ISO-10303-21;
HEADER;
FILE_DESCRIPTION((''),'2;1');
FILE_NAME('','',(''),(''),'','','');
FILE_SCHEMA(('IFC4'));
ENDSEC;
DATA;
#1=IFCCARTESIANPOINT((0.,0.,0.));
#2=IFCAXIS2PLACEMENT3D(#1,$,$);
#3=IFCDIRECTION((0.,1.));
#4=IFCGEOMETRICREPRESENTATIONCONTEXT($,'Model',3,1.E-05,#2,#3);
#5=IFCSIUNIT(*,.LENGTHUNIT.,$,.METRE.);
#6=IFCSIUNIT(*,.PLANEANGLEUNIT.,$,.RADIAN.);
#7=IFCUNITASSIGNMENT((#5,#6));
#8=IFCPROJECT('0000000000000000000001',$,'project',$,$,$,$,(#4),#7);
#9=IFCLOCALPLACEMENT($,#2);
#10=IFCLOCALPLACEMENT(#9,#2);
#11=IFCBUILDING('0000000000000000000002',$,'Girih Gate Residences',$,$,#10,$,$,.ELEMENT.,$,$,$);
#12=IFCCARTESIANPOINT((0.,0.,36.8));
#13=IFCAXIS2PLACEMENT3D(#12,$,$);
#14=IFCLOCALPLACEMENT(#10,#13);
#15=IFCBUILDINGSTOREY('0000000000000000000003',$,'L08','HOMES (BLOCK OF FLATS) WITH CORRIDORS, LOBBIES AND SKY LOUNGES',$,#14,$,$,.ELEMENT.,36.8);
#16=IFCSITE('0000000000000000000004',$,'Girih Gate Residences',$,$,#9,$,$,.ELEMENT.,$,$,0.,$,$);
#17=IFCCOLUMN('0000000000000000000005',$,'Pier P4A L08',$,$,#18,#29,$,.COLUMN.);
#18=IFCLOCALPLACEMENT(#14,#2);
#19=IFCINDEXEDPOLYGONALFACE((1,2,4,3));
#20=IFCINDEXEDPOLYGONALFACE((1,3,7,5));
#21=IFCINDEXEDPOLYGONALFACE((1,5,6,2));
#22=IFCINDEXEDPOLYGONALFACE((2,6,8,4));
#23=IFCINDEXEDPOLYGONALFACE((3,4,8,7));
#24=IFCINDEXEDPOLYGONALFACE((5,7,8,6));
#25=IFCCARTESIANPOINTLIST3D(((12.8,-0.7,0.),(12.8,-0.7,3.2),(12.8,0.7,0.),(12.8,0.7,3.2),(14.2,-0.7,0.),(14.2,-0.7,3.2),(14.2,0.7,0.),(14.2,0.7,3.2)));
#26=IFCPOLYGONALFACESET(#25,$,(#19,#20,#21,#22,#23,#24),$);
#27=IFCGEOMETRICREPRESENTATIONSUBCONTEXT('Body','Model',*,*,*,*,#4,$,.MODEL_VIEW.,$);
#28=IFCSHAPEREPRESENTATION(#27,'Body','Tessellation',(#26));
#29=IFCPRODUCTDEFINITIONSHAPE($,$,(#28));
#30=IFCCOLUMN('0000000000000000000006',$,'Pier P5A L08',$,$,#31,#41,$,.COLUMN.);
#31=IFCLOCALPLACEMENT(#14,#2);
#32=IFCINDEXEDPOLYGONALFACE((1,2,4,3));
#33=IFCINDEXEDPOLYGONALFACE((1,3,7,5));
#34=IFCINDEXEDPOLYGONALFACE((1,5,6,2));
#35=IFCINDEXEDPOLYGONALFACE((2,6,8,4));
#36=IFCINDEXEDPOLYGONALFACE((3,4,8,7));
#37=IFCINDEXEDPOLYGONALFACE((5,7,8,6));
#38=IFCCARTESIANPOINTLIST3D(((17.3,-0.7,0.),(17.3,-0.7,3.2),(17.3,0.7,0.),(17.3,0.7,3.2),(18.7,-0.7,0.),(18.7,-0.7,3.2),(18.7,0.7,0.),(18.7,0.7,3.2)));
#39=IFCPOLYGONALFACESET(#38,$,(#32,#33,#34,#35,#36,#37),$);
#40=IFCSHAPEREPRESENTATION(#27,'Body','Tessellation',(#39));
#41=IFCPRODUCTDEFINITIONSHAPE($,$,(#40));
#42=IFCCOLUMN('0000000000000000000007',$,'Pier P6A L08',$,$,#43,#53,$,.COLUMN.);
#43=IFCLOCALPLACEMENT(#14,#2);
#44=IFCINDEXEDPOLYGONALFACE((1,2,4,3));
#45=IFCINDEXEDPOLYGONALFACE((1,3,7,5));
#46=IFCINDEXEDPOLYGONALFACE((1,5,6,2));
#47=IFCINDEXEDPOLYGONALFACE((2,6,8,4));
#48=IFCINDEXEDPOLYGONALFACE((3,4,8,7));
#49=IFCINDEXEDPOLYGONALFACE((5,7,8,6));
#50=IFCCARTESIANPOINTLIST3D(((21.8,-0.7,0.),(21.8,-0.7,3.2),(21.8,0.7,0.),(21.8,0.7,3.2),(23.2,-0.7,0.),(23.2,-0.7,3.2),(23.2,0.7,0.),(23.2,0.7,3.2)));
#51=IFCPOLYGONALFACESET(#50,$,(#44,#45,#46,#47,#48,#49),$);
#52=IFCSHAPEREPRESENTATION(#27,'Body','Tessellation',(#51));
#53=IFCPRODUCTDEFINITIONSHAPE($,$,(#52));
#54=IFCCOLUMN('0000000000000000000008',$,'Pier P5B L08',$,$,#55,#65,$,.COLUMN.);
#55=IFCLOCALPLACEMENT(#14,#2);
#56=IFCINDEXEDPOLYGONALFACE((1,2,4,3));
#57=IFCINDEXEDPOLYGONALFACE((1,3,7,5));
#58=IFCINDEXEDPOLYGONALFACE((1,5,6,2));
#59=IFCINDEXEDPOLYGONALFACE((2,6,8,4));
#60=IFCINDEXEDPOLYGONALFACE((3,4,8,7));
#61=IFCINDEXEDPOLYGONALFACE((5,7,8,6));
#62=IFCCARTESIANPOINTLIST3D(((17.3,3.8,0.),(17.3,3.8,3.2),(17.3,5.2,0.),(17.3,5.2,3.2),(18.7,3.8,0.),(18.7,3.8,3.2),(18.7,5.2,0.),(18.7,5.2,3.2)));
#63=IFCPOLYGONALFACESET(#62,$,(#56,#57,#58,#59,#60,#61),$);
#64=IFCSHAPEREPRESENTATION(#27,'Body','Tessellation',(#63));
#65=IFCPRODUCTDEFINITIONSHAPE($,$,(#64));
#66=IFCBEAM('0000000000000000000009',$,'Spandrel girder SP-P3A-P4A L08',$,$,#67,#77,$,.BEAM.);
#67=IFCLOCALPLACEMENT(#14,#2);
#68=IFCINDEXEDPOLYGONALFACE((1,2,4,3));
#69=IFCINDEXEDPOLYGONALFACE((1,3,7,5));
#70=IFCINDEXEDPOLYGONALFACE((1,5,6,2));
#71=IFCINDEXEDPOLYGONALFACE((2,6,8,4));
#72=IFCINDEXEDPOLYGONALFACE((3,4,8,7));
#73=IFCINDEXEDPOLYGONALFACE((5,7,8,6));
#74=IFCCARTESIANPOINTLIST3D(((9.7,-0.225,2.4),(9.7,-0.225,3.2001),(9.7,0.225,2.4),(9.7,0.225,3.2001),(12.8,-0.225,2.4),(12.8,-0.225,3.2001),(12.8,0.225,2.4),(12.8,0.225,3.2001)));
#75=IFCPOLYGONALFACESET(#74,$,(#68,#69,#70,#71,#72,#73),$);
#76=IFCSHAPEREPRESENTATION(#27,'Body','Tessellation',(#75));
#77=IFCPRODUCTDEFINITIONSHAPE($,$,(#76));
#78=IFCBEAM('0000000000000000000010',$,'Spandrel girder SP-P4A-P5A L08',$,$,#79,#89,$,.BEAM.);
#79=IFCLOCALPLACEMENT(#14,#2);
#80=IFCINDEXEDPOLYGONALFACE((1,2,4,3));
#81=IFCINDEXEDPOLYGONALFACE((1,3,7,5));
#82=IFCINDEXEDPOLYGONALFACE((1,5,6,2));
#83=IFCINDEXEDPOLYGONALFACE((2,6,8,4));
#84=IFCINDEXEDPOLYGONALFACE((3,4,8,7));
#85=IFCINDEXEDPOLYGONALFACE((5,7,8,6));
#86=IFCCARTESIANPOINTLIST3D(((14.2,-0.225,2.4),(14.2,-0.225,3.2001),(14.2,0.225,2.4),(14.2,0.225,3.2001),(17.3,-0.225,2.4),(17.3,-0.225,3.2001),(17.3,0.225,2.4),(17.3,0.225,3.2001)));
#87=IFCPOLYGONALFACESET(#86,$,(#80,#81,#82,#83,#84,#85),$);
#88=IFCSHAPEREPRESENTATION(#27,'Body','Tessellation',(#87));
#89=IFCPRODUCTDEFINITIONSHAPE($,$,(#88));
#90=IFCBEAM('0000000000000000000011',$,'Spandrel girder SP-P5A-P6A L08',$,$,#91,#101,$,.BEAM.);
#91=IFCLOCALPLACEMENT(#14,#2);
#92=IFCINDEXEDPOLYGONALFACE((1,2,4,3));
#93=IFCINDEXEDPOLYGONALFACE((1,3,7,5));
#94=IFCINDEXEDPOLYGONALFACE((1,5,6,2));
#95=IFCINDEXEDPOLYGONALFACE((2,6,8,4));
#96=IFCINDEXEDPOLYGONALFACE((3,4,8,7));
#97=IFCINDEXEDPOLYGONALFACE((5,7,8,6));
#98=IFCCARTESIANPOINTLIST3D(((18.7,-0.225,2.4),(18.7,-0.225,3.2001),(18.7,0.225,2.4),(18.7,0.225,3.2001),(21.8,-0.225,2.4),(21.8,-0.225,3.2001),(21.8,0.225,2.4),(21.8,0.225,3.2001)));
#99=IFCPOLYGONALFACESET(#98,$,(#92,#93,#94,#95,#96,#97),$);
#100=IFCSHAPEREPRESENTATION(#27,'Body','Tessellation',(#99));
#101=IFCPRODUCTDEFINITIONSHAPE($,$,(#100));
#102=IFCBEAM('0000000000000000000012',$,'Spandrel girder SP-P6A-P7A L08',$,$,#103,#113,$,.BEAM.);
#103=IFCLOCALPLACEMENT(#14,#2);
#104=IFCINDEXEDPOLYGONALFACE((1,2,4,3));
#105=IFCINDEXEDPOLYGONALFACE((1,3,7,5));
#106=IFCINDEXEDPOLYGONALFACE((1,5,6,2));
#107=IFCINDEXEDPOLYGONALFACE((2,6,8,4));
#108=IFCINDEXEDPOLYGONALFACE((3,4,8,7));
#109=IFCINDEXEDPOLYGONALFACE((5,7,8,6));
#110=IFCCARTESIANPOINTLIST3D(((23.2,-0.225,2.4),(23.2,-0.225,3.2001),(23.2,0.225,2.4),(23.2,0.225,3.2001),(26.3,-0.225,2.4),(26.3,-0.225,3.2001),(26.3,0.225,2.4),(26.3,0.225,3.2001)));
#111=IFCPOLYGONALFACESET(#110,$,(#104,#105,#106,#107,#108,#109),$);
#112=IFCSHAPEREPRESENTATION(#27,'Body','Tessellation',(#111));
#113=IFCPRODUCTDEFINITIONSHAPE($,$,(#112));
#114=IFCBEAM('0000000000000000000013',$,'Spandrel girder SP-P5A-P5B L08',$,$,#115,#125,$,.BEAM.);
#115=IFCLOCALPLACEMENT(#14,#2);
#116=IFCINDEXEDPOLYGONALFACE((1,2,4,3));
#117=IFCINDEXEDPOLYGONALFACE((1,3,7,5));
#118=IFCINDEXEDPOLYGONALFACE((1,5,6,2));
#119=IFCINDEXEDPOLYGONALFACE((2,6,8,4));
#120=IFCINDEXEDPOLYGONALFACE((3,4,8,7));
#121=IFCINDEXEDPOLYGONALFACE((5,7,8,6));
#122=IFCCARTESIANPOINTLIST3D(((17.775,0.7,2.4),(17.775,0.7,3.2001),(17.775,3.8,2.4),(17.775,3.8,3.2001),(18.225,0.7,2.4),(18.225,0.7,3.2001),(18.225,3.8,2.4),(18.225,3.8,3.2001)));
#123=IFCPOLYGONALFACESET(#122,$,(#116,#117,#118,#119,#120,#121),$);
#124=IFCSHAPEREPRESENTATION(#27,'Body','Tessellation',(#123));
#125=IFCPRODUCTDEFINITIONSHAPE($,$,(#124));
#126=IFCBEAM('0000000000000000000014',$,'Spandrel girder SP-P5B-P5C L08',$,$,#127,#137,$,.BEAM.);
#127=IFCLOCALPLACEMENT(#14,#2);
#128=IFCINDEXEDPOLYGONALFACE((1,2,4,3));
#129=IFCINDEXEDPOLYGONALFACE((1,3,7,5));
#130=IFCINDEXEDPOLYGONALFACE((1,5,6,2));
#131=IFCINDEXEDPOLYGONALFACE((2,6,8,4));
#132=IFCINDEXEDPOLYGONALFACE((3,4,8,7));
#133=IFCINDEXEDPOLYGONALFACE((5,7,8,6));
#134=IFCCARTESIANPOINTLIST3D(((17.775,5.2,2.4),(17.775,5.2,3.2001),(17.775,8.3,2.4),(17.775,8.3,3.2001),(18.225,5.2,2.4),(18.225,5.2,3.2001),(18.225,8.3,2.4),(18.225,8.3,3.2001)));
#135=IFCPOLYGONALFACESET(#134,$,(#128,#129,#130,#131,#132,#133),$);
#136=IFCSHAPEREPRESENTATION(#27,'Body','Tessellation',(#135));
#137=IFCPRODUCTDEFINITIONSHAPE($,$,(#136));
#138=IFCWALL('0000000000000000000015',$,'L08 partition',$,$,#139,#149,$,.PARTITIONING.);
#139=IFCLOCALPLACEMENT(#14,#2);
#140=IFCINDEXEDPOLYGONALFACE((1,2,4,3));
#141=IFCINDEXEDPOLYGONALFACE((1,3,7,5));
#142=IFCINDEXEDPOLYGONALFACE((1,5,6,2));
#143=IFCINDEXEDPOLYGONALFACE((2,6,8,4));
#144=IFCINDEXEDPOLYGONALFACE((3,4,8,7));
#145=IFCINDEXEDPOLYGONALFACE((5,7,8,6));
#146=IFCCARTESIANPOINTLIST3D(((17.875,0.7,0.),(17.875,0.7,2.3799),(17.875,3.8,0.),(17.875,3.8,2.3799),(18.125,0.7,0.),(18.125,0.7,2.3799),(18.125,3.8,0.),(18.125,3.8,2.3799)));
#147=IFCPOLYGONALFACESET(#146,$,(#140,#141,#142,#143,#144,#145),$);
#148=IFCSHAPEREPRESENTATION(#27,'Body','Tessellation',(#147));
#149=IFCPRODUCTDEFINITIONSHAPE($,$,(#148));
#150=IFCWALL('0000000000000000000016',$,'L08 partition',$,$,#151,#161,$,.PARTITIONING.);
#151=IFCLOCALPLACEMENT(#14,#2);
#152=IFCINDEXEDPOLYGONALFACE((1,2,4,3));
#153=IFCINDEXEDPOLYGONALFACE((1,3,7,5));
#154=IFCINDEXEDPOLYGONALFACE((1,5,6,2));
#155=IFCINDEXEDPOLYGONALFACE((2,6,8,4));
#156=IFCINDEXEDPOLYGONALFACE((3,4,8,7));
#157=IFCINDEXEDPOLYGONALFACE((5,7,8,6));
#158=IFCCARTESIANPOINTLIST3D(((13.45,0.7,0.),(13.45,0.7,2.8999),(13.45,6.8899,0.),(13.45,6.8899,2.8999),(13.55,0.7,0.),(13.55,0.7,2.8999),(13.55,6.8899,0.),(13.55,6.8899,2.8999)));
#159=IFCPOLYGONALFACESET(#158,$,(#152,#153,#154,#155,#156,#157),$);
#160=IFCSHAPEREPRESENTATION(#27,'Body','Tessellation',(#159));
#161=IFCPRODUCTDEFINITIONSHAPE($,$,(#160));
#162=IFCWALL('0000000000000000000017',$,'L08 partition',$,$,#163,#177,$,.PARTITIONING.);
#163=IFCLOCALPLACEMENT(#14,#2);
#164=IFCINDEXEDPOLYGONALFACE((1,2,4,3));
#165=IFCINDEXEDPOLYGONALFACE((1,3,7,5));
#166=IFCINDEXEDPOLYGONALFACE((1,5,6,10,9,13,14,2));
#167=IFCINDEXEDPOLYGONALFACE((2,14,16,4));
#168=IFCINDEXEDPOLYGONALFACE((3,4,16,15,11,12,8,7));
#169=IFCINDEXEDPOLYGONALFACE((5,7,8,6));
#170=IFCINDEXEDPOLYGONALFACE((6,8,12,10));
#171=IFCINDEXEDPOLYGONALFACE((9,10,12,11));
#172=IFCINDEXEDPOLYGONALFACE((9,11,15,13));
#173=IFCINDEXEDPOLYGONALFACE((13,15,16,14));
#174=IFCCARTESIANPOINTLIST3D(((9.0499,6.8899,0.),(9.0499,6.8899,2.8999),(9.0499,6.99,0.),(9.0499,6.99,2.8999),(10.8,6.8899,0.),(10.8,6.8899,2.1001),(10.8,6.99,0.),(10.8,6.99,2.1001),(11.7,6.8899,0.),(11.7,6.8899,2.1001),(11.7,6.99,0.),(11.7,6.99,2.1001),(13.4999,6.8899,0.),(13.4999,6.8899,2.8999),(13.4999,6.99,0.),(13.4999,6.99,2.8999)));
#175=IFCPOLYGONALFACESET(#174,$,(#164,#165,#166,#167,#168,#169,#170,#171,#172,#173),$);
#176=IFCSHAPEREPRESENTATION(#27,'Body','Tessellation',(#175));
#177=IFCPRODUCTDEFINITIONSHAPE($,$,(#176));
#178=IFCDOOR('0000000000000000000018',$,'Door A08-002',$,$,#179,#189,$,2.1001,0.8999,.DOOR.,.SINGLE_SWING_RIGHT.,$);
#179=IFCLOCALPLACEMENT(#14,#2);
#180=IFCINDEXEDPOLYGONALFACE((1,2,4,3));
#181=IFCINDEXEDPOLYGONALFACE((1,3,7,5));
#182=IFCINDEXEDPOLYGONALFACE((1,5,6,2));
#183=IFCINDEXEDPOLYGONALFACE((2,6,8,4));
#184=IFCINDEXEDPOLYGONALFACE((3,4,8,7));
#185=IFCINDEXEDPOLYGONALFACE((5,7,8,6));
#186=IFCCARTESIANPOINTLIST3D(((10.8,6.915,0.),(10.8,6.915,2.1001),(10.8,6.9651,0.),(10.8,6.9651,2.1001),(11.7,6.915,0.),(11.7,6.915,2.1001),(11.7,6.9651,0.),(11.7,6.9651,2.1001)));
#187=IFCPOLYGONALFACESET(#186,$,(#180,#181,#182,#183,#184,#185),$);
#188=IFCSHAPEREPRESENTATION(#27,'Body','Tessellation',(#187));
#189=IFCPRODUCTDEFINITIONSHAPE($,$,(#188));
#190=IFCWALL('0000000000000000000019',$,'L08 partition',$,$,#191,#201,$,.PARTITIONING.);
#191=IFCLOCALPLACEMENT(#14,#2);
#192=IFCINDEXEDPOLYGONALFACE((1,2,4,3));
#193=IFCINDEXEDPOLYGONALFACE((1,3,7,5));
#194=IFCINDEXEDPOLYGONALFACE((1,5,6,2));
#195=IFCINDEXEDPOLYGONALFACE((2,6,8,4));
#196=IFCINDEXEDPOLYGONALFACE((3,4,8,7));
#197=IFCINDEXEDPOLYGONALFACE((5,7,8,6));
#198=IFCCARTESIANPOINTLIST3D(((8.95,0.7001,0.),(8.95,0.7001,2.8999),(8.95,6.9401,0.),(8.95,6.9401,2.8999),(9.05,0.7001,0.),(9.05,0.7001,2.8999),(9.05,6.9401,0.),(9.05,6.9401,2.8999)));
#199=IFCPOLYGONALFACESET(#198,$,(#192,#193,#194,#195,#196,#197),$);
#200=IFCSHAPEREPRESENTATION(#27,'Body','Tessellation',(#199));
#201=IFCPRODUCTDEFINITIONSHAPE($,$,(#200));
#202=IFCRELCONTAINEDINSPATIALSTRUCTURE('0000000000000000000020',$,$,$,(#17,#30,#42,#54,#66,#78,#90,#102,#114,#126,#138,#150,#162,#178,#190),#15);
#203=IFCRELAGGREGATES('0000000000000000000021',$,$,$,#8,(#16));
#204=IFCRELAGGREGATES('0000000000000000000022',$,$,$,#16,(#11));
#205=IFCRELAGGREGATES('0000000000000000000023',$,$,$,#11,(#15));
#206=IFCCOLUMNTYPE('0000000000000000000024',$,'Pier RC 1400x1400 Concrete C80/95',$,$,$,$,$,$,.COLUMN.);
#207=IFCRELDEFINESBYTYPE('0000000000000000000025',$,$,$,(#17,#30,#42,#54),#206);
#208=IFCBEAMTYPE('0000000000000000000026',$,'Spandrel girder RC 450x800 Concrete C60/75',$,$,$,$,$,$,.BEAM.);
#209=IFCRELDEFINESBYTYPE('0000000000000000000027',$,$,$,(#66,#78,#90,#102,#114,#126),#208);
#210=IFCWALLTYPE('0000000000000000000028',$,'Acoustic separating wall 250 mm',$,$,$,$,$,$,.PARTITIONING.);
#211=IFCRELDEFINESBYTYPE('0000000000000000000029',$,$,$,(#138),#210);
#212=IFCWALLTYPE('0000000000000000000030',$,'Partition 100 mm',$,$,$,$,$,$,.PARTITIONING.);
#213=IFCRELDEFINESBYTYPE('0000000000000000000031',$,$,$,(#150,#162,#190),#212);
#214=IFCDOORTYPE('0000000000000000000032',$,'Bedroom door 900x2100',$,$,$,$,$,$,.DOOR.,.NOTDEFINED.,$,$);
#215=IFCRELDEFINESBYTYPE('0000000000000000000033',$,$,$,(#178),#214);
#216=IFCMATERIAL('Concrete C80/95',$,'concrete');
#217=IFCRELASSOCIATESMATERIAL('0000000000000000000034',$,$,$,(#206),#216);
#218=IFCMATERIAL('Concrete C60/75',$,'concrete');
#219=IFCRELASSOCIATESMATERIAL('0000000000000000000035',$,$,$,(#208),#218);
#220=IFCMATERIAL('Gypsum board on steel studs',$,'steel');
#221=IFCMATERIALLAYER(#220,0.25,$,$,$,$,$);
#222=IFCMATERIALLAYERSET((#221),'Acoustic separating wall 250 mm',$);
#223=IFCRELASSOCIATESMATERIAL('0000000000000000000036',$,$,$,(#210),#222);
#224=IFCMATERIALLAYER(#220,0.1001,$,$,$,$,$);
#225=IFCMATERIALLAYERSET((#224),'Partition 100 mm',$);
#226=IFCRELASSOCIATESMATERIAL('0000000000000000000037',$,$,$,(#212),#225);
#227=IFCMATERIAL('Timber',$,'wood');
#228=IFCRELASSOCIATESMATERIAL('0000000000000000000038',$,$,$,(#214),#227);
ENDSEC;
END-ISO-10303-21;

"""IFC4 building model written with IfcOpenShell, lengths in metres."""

from ifc_helpers import new_model, si_unit, direction, frame, frame_2d, origin, origin_2d, place, context, subcontext, project, spatial, rectangle, extrude, material, layer, layer_set, material_profile, profile_set, type_object, element, fill, save


model = new_model("IFC4")

# Units and contexts
model_context = context("Model", 3, precision=1e-05, world=origin(), true_north=direction((0.0, 1.0)))
body_context = subcontext(model_context, "Body", "Model", "MODEL_VIEW")
ifc_project = project(units=[si_unit("LENGTHUNIT", "METRE"), si_unit("PLANEANGLEUNIT", "RADIAN")], contexts=[model_context])

# Site, building, storey
site_placement = place(None, origin())
site = spatial("IfcSite", under=ifc_project, at=site_placement, Name="Girih Gate Residences", CompositionType="ELEMENT", RefElevation=0.0)
building_placement = place(site_placement, origin())
building = spatial("IfcBuilding", under=site, at=building_placement, Name="Girih Gate Residences", CompositionType="ELEMENT")
storey_placement = place(building_placement, frame((0.0, 0.0, 36.8)))
storey = spatial("IfcBuildingStorey", under=building, at=storey_placement, Name="L08", Description="HOMES (BLOCK OF FLATS) WITH CORRIDORS, LOBBIES AND SKY LOUNGES", CompositionType="ELEMENT", Elevation=36.8)

# Columns
ifc_material_1 = material(Name="Concrete C80/95", Category="concrete")
ifc_material_profile_1 = material_profile(ifc_material_1, rectangle(XDim=1.3999, YDim=1.3999, at=origin_2d()))
ifc_profile_set_1 = profile_set([ifc_material_profile_1], Name="Concrete C80/95")
column_type = type_object("IfcColumnType", Name="Pier RC 1400x1400 Concrete C80/95", PredefinedType="COLUMN", material=ifc_profile_set_1)
for number, where, z_axis, x_axis, name in (
    (1, (13.5, 0.0, 0.0), (0.0, 0.0, 1.0), (1.0, 0.0, 0.0), "Pier P4A L08"),
    (2, (18.0, 0.0, 0.0), (0.0, 0.0, 1.0), (1.0, 0.0, 0.0), "Pier P5A L08"),
    (3, (22.5, 0.0, 0.0), (0.0, 0.0, 1.0), (1.0, 0.0, 0.0), "Pier P6A L08"),
    (4, (18.0, 4.5, 0.0), (0.0, 0.0, 1.0), (1.0, 0.0, 0.0), "Pier P5B L08"),
):
    element("IfcColumn", number, at=place(storey_placement, frame(where, z_axis=z_axis, x_axis=x_axis)), inside=storey, type_object=column_type, Name=name, PredefinedType="COLUMN", context=body_context, shape_type="SweptSolid", body=[
        extrude(rectangle(XDim=1.3999, YDim=1.3999, at=origin_2d()), origin(), (0.0, 0.0, 1.0), 3.2),
    ])

# Beams
ifc_material_2 = material(Name="Concrete C60/75", Category="concrete")
ifc_material_profile_2 = material_profile(ifc_material_2, rectangle(XDim=0.45, YDim=0.8, at=origin_2d()))
ifc_profile_set_2 = profile_set([ifc_material_profile_2], Name="Concrete C60/75")
beam_type = type_object("IfcBeamType", Name="Spandrel girder RC 450x800 Concrete C60/75", PredefinedType="BEAM", material=ifc_profile_set_2)
for number, where, z_axis, x_axis, name in (
    (5, (9.7, 0.0, 2.8), (1.0, 0.0, 0.0), (0.0, 1.0, 0.0), "Spandrel girder SP-P3A-P4A L08"),
    (6, (14.2, 0.0, 2.8), (1.0, 0.0, 0.0), (0.0, 1.0, 0.0), "Spandrel girder SP-P4A-P5A L08"),
    (7, (18.7, 0.0, 2.8), (1.0, 0.0, 0.0), (0.0, 1.0, 0.0), "Spandrel girder SP-P5A-P6A L08"),
    (8, (23.2, 0.0, 2.8), (1.0, 0.0, 0.0), (0.0, 1.0, 0.0), "Spandrel girder SP-P6A-P7A L08"),
    (9, (18.0, 0.7, 2.8), (0.0, 1.0, 0.0), (-1.0, 0.0, 0.0), "Spandrel girder SP-P5A-P5B L08"),
    (10, (18.0, 5.2, 2.8), (0.0, 1.0, 0.0), (-1.0, 0.0, 0.0), "Spandrel girder SP-P5B-P5C L08"),
):
    element("IfcBeam", number, at=place(storey_placement, frame(where, z_axis=z_axis, x_axis=x_axis)), inside=storey, type_object=beam_type, Name=name, PredefinedType="BEAM", context=body_context, shape_type="SweptSolid", body=[
        extrude(rectangle(XDim=0.45, YDim=0.8, at=origin_2d()), origin(), (0.0, 0.0, 1.0), 3.1001),
    ])

# Walls
ifc_material_3 = material(Name="Gypsum board on steel studs", Category="steel")
ifc_layer_1 = layer(ifc_material_3, 0.25)
ifc_layer_set_1 = layer_set([ifc_layer_1], Name="Acoustic separating wall 250 mm")
wall_type_1 = type_object("IfcWallType", Name="Acoustic separating wall 250 mm", PredefinedType="PARTITIONING", material=ifc_layer_set_1)
wall_1_placement = place(storey_placement, frame((18.0, 0.7, 0.0), z_axis=(0.0, 0.0, 1.0), x_axis=(0.0, 1.0, 0.0)))
element("IfcWall", 11, at=wall_1_placement, inside=storey, type_object=wall_type_1, Name="L08 partition", PredefinedType="PARTITIONING", context=body_context, shape_type="SweptSolid", body=[
    extrude(rectangle(XDim=3.1001, YDim=0.25, at=frame_2d((1.55, 0.0))), origin(), (0.0, 0.0, 1.0), 2.3799),
])
ifc_layer_2 = layer(ifc_material_3, 0.1001)
ifc_layer_set_2 = layer_set([ifc_layer_2], Name="Partition 100 mm")
wall_type_2 = type_object("IfcWallType", Name="Partition 100 mm", PredefinedType="PARTITIONING", material=ifc_layer_set_2)
wall_2_placement = place(storey_placement, frame((13.5, 0.7, 0.0), z_axis=(0.0, 0.0, 1.0), x_axis=(0.0, 1.0, 0.0)))
element("IfcWall", 12, at=wall_2_placement, inside=storey, type_object=wall_type_2, Name="L08 partition", PredefinedType="PARTITIONING", context=body_context, shape_type="SweptSolid", body=[
    extrude(rectangle(XDim=6.1899, YDim=0.1001, at=frame_2d((3.095, 0.0))), origin(), (0.0, 0.0, 1.0), 2.8999),
])

# Wall, opening, door
wall_3_placement = place(storey_placement, frame((13.5, 6.9399, 0.0), z_axis=(0.0, 0.0, 1.0), x_axis=(-1.0, 0.0, 0.0)))
wall_3 = element("IfcWall", 13, at=wall_3_placement, inside=storey, type_object=wall_type_2, Name="L08 partition", PredefinedType="PARTITIONING", context=body_context, shape_type="SweptSolid", body=[
    extrude(rectangle(XDim=4.45, YDim=0.1001, at=frame_2d((2.2251, 0.0))), origin(), (0.0, 0.0, 1.0), 2.8999),
])
opening_1_placement = place(wall_3_placement, frame((1.8, 0.0, 0.0)))
opening_1 = element("IfcOpeningElement", 14, at=opening_1_placement, cuts=wall_3, PredefinedType="OPENING", context=body_context, shape_type="SweptSolid", body=[
    extrude(rectangle(XDim=0.8999, YDim=2.1001, at=frame_2d((0.45, 1.05))), frame((0.0, 0.0601, 0.0), z_axis=(0.0, -1.0, 0.0), x_axis=(1.0, 0.0, 0.0)), (0.0, 0.0, 1.0), 0.1201),
])
ifc_material_4 = material(Name="Timber", Category="wood")
door_type_1 = type_object("IfcDoorType", Name="Bedroom door 900x2100", OperationType="NOTDEFINED", PredefinedType="DOOR", material=ifc_material_4)
door_1_placement = place(opening_1_placement, origin())
door_1 = element("IfcDoor", 15, at=door_1_placement, inside=storey, type_object=door_type_1, Name="Door A08-002", OperationType="SINGLE_SWING_RIGHT", OverallHeight=2.1001, OverallWidth=0.8999, PredefinedType="DOOR", context=body_context, shape_type="SweptSolid", body=[
    extrude(rectangle(XDim=0.8999, YDim=2.1001, at=frame_2d((0.45, 1.05))), frame((0.0, 0.0249, 0.0), z_axis=(0.0, -1.0, 0.0), x_axis=(1.0, 0.0, 0.0)), (0.0, 0.0, 1.0), 0.05),
])
fill(opening_1, door_1)

# Wall
wall_4_placement = place(storey_placement, frame((9.0, 0.7, 0.0), z_axis=(0.0, 0.0, 1.0), x_axis=(0.0, 1.0, 0.0)))
element("IfcWall", 16, at=wall_4_placement, inside=storey, type_object=wall_type_2, Name="L08 partition", PredefinedType="PARTITIONING", context=body_context, shape_type="SweptSolid", body=[
    extrude(rectangle(XDim=6.24, YDim=0.1001, at=frame_2d((3.1201, 0.0))), origin(), (0.0, 0.0, 1.0), 2.8999),
])

save(model, "model.ifc")
